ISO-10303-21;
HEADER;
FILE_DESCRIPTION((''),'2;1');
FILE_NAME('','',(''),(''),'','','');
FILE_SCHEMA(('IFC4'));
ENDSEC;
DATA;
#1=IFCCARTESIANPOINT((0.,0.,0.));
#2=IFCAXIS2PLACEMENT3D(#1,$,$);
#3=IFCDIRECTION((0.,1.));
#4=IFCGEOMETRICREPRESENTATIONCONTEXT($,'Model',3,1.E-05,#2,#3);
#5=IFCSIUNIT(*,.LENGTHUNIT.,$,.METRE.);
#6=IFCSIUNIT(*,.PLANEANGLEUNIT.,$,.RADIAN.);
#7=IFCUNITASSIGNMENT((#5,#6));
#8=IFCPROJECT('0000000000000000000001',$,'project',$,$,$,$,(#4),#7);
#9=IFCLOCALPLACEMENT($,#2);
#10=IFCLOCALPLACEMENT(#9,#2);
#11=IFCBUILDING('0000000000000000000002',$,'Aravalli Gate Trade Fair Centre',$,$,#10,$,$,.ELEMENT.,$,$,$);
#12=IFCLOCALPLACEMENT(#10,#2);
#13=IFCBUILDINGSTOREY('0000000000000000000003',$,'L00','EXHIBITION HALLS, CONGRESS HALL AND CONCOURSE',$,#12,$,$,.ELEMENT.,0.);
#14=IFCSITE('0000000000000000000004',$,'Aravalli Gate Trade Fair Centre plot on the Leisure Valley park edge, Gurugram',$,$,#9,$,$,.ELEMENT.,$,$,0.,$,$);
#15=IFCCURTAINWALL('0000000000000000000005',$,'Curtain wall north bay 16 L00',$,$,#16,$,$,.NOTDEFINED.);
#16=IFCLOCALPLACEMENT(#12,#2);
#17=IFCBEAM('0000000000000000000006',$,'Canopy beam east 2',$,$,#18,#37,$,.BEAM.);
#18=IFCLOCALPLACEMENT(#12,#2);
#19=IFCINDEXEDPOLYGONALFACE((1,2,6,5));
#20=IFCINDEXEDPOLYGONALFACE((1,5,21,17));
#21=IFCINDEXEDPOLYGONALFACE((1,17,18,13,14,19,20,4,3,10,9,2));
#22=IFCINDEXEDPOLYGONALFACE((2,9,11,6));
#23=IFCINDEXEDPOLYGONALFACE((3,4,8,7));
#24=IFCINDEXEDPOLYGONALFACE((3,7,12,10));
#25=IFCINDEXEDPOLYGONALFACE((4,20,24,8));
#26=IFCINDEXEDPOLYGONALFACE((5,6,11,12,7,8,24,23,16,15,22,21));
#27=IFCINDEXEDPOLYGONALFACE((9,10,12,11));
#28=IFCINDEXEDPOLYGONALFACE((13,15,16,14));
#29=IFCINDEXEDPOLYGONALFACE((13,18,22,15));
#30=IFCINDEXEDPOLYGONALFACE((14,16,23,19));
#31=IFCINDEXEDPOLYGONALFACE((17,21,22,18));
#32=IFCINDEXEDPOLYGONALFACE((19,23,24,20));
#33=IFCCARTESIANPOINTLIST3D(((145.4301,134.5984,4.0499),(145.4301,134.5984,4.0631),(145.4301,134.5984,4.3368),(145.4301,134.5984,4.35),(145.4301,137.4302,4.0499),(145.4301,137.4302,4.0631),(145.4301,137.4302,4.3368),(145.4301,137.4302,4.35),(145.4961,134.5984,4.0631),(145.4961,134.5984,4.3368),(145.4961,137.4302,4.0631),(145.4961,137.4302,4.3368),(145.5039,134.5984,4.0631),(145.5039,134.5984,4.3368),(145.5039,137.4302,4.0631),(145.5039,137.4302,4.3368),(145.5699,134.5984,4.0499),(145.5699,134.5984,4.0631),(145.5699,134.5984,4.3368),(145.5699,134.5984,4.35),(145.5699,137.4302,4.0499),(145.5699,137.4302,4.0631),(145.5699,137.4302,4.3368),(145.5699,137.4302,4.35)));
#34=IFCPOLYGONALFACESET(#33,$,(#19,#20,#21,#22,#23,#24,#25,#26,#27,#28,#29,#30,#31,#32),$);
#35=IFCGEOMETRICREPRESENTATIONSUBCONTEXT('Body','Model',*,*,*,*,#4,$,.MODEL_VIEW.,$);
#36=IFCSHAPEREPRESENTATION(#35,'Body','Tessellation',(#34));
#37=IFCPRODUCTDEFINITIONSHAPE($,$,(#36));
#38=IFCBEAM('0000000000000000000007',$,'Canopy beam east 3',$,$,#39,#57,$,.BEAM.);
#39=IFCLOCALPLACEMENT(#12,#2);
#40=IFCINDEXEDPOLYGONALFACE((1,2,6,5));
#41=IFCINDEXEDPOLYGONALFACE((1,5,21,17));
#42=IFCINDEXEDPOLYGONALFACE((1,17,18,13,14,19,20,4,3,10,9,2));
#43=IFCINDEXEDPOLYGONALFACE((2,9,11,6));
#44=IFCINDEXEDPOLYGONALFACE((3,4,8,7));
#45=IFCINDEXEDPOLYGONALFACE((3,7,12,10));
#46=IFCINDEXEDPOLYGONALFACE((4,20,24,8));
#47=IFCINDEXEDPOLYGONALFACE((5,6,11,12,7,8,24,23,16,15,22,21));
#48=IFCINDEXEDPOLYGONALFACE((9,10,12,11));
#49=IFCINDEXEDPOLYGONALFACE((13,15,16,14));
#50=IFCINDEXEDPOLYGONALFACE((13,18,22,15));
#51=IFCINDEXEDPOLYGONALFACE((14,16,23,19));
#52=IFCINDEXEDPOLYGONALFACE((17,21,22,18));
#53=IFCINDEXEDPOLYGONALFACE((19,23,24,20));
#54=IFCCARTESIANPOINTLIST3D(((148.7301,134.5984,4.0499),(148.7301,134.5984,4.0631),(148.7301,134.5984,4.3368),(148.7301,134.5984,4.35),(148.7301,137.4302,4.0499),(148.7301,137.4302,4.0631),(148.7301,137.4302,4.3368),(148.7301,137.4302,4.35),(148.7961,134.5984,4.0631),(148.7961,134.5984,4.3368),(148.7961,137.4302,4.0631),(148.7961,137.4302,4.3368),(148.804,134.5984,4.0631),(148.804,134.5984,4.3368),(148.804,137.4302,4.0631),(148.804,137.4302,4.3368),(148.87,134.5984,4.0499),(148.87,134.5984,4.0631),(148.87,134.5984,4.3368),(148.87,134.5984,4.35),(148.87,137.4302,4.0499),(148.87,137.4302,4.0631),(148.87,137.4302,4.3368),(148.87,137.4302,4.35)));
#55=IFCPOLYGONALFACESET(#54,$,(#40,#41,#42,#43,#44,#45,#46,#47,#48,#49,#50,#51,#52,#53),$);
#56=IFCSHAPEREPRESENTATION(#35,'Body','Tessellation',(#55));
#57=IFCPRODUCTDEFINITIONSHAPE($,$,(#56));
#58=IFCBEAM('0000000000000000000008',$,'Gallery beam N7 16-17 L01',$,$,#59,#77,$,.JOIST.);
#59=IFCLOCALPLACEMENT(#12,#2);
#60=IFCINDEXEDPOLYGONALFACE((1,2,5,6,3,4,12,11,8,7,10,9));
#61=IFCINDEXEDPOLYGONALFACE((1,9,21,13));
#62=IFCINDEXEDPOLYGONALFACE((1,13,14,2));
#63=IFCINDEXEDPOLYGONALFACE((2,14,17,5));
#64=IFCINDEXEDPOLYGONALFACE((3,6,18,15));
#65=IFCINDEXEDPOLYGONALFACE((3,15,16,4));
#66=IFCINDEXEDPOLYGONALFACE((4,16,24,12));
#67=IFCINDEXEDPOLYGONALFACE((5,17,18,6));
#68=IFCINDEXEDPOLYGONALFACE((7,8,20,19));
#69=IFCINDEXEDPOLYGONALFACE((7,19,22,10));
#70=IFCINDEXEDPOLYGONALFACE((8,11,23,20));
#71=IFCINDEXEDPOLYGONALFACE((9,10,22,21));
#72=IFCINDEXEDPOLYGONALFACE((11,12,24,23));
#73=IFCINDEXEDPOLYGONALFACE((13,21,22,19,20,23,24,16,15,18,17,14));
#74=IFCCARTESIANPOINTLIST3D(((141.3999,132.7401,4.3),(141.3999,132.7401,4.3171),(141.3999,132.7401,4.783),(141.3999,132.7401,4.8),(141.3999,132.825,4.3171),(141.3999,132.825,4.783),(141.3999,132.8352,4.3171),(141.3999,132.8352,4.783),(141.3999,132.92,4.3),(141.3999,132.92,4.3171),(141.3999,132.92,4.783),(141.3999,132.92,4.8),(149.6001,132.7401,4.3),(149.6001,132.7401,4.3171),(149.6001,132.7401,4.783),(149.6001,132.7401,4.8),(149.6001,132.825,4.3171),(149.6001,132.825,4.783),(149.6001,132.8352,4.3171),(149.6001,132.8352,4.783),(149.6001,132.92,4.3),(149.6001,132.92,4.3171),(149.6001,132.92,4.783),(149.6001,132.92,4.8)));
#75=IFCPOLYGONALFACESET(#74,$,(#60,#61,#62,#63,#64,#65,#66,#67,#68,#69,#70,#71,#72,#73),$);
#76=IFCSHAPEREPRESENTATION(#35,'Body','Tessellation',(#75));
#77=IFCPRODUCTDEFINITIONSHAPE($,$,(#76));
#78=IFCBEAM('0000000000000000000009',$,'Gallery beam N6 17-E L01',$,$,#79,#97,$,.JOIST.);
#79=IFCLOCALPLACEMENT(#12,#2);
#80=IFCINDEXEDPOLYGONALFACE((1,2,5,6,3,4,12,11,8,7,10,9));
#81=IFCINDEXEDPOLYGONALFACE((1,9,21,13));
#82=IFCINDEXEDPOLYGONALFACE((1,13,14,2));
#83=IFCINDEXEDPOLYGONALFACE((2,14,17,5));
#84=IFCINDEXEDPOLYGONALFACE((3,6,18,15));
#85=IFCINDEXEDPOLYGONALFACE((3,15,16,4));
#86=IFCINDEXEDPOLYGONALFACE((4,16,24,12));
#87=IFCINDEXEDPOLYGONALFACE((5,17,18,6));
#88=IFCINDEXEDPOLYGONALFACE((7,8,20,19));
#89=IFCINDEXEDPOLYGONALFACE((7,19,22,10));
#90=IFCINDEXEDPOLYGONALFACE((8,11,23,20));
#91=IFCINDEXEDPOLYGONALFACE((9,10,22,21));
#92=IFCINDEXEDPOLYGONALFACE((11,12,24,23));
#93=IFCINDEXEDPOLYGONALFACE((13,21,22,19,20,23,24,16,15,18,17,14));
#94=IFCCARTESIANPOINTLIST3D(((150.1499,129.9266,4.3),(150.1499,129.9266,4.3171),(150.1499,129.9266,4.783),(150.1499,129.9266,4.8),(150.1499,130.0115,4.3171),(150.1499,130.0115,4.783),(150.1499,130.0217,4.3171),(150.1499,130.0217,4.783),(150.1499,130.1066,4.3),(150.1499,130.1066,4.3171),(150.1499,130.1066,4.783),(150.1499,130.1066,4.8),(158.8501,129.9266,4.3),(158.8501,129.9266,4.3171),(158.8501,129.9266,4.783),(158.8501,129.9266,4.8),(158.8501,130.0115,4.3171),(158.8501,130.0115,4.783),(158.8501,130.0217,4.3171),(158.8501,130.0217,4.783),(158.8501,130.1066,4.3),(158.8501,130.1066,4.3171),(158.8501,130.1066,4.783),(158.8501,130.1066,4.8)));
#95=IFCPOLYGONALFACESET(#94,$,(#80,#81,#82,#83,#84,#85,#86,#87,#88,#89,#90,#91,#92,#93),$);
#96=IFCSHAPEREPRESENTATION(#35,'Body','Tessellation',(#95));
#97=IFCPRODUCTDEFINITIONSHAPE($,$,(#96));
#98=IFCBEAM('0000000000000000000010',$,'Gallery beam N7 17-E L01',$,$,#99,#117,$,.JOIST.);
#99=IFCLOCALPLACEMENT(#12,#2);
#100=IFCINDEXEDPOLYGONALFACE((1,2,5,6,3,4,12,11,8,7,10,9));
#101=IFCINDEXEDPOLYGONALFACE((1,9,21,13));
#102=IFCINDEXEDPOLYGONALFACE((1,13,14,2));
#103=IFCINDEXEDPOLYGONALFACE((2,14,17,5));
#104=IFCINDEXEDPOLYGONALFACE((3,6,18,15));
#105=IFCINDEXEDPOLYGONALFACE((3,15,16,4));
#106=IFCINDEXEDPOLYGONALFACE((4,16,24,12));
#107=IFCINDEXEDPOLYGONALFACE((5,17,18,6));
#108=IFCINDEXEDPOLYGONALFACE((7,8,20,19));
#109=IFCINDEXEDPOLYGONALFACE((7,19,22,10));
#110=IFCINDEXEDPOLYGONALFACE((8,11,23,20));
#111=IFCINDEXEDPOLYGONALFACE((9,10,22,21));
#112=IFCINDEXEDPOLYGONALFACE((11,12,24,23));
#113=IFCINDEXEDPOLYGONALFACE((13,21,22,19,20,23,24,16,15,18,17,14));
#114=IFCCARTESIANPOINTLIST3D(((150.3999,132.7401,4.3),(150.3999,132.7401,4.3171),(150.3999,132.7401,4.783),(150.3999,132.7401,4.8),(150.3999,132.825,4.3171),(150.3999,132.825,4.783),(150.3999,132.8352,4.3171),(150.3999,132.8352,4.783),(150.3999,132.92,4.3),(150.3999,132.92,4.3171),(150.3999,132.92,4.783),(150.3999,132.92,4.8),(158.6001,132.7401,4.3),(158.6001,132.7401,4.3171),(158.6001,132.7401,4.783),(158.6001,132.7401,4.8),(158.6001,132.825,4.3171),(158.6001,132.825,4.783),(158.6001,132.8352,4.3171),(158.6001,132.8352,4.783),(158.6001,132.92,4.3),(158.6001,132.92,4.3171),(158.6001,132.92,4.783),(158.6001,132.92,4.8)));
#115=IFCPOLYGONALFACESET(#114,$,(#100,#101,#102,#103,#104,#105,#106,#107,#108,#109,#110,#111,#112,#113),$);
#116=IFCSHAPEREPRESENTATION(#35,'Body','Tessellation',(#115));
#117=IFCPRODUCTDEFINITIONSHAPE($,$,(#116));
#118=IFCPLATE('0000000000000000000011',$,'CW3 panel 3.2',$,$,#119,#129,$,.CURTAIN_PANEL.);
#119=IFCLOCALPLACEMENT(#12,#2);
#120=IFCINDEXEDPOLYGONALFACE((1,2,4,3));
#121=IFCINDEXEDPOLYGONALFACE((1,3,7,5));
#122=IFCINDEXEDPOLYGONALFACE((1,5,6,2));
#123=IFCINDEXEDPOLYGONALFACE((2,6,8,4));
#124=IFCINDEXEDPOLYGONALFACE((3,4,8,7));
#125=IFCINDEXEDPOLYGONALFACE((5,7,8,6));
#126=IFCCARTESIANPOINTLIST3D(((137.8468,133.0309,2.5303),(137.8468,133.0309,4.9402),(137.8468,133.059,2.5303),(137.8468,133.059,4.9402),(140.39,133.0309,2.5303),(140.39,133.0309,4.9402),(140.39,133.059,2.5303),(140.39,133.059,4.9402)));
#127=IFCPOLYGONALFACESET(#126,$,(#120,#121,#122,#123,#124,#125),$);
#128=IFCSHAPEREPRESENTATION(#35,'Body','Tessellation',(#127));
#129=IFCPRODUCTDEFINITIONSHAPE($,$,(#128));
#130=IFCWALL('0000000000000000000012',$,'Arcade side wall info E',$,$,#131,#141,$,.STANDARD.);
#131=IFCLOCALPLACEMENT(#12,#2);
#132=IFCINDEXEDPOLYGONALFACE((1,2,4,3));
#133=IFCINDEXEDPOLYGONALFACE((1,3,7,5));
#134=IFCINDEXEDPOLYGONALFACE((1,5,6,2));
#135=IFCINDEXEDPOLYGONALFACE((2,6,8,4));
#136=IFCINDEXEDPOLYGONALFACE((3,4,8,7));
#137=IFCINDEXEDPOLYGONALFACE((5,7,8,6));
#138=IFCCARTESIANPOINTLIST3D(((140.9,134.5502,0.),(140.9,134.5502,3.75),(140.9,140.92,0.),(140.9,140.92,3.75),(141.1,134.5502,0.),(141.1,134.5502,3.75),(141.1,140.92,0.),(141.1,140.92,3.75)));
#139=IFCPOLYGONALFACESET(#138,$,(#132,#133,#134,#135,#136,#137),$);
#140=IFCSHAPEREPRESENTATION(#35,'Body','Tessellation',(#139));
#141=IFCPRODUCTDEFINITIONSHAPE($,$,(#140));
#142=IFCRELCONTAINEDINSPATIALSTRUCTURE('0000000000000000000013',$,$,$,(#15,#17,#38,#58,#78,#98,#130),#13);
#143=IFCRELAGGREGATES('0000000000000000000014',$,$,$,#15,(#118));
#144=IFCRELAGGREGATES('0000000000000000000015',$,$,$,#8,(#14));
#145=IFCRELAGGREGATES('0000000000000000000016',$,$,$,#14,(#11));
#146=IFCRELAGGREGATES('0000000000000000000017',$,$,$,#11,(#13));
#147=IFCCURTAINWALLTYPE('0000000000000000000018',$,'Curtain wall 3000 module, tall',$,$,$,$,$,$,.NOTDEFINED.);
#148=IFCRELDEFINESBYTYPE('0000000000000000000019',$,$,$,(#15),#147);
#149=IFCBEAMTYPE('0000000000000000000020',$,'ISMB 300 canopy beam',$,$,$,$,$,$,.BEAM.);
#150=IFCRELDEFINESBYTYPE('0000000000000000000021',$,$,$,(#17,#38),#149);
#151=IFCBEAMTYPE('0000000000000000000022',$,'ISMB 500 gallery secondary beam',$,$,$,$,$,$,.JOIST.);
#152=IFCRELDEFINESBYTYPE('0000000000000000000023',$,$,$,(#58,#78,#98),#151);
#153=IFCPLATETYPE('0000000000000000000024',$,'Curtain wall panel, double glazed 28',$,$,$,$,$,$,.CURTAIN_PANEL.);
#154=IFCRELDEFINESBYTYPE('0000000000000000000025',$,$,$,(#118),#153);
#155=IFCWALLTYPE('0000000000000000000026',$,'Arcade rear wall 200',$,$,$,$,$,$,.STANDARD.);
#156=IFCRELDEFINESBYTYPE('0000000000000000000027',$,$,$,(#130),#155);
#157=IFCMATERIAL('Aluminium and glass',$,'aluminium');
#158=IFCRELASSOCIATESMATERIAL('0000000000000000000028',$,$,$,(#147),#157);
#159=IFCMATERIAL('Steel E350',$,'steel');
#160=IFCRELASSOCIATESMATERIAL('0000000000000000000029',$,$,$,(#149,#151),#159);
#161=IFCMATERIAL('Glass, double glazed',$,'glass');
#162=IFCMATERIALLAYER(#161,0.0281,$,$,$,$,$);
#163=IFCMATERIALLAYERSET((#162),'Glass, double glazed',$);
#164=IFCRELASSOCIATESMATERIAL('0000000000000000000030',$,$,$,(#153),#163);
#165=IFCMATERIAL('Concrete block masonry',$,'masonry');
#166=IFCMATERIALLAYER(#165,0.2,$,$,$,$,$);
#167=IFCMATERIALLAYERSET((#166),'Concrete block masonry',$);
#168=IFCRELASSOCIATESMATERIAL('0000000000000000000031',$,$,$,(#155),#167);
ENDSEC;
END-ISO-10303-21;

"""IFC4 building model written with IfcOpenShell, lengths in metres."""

from ifc_helpers import new_model, si_unit, direction, frame, frame_2d, origin, origin_2d, place, context, subcontext, project, spatial, rectangle, i_section, extrude, material, layer, layer_set, material_profile, profile_set, type_object, element, aggregate, save


model = new_model("IFC4")

# Units and contexts
model_context = context("Model", 3, precision=1e-05, world=origin(), true_north=direction((0.0, 1.0)))
body_context = subcontext(model_context, "Body", "Model", "MODEL_VIEW")
ifc_project = project(units=[si_unit("LENGTHUNIT", "METRE"), si_unit("PLANEANGLEUNIT", "RADIAN")], contexts=[model_context])

# Site, building, storey
site_placement = place(None, origin())
site = spatial("IfcSite", under=ifc_project, at=site_placement, Name="Aravalli Gate Trade Fair Centre plot on the Leisure Valley park edge, Gurugram", CompositionType="ELEMENT", RefElevation=0.0)
building_placement = place(site_placement, origin())
building = spatial("IfcBuilding", under=site, at=building_placement, Name="Aravalli Gate Trade Fair Centre", CompositionType="ELEMENT")
storey_placement = place(building_placement, origin())
storey = spatial("IfcBuildingStorey", under=building, at=storey_placement, Name="L00", Description="EXHIBITION HALLS, CONGRESS HALL AND CONCOURSE", CompositionType="ELEMENT", Elevation=0.0)

# Shared definitions
ifc_material_1 = material(Name="Steel E350", Category="steel")

# Curtain wall
ifc_material_2 = material(Name="Aluminium and glass", Category="aluminium")
curtain_wall_type = type_object("IfcCurtainWallType", Name="Curtain wall 3000 module, tall", PredefinedType="NOTDEFINED", material=ifc_material_2)
curtain_wall_placement = place(storey_placement, origin())
curtain_wall = element("IfcCurtainWall", 1, at=curtain_wall_placement, inside=storey, type_object=curtain_wall_type, Name="Curtain wall north bay 16 L00", PredefinedType="NOTDEFINED")

# Beams
ifc_material_profile_1 = material_profile(ifc_material_1, i_section(OverallWidth=0.1399, OverallDepth=0.3, WebThickness=0.0078, FlangeThickness=0.0132, at=origin_2d()), Name="ISMB 300")
ifc_profile_set_1 = profile_set([ifc_material_profile_1], Name="Steel E350")
beam_type_1 = type_object("IfcBeamType", Name="ISMB 300 canopy beam", PredefinedType="BEAM", material=ifc_profile_set_1)
for number, where, z_axis, x_axis, name in (
    (2, (145.5, 134.5984, 4.2), (0.0, 1.0, 0.0), (-1.0, 0.0, 0.0), "Canopy beam east 2"),
    (3, (148.8, 134.5984, 4.2), (0.0, 1.0, 0.0), (-1.0, 0.0, 0.0), "Canopy beam east 3"),
):
    element("IfcBeam", number, at=place(storey_placement, frame(where, z_axis=z_axis, x_axis=x_axis)), inside=storey, type_object=beam_type_1, Name=name, PredefinedType="BEAM", context=body_context, shape_type="SweptSolid", body=[
        extrude(i_section(OverallWidth=0.1399, OverallDepth=0.3, WebThickness=0.0078, FlangeThickness=0.0132, at=origin_2d()), origin(), (0.0, 0.0, 1.0), 2.8318),
    ])
ifc_material_profile_2 = material_profile(ifc_material_1, i_section(OverallWidth=0.1799, OverallDepth=0.5, WebThickness=0.0103, FlangeThickness=0.0171, at=origin_2d()), Name="ISMB 500")
ifc_profile_set_2 = profile_set([ifc_material_profile_2], Name="Steel E350")
beam_type_2 = type_object("IfcBeamType", Name="ISMB 500 gallery secondary beam", PredefinedType="JOIST", material=ifc_profile_set_2)
beam_1_placement = place(storey_placement, frame((141.3999, 132.8301, 4.55), z_axis=(1.0, 0.0, 0.0), x_axis=(0.0, 1.0, 0.0)))
element("IfcBeam", 4, at=beam_1_placement, inside=storey, type_object=beam_type_2, Name="Gallery beam N7 16-17 L01", PredefinedType="JOIST", context=body_context, shape_type="SweptSolid", body=[
    extrude(i_section(OverallWidth=0.1799, OverallDepth=0.5, WebThickness=0.0103, FlangeThickness=0.0171, at=origin_2d()), origin(), (0.0, 0.0, 1.0), 8.2002),
])
beam_2_placement = place(storey_placement, frame((150.1499, 130.0166, 4.55), z_axis=(1.0, 0.0, 0.0), x_axis=(0.0, 1.0, 0.0)))
element("IfcBeam", 5, at=beam_2_placement, inside=storey, type_object=beam_type_2, Name="Gallery beam N6 17-E L01", PredefinedType="JOIST", context=body_context, shape_type="SweptSolid", body=[
    extrude(i_section(OverallWidth=0.1799, OverallDepth=0.5, WebThickness=0.0103, FlangeThickness=0.0171, at=origin_2d()), origin(), (0.0, 0.0, 1.0), 8.7002),
])
beam_3_placement = place(storey_placement, frame((150.3999, 132.8301, 4.55), z_axis=(1.0, 0.0, 0.0), x_axis=(0.0, 1.0, 0.0)))
element("IfcBeam", 6, at=beam_3_placement, inside=storey, type_object=beam_type_2, Name="Gallery beam N7 17-E L01", PredefinedType="JOIST", context=body_context, shape_type="SweptSolid", body=[
    extrude(i_section(OverallWidth=0.1799, OverallDepth=0.5, WebThickness=0.0103, FlangeThickness=0.0171, at=origin_2d()), origin(), (0.0, 0.0, 1.0), 8.2002),
])

# Plate
ifc_material_3 = material(Name="Glass, double glazed", Category="glass")
ifc_layer_1 = layer(ifc_material_3, 0.0281)
ifc_layer_set_1 = layer_set([ifc_layer_1], Name="Glass, double glazed")
plate_type = type_object("IfcPlateType", Name="Curtain wall panel, double glazed 28", PredefinedType="CURTAIN_PANEL", material=ifc_layer_set_1)
plate_placement = place(storey_placement, frame((139.1184, 133.0449, 2.5303), z_axis=(0.0, 0.0, 1.0), x_axis=(1.0, 0.0, 0.0)))
plate = element("IfcPlate", 7, at=plate_placement, type_object=plate_type, Name="CW3 panel 3.2", PredefinedType="CURTAIN_PANEL", context=body_context, shape_type="SweptSolid", body=[
    extrude(rectangle(XDim=2.5432, YDim=0.0281, at=origin_2d()), origin(), (0.0, 0.0, 1.0), 2.4099),
])
aggregate(curtain_wall, [plate])

# Wall
ifc_material_4 = material(Name="Concrete block masonry", Category="masonry")
ifc_layer_2 = layer(ifc_material_4, 0.2)
ifc_layer_set_2 = layer_set([ifc_layer_2], Name="Concrete block masonry")
wall_type_1 = type_object("IfcWallType", Name="Arcade rear wall 200", PredefinedType="STANDARD", material=ifc_layer_set_2)
wall_1_placement = place(storey_placement, frame((141.0, 134.55, 0.0), z_axis=(0.0, 0.0, 1.0), x_axis=(0.0, 1.0, 0.0)))
element("IfcWall", 8, at=wall_1_placement, inside=storey, type_object=wall_type_1, Name="Arcade side wall info E", PredefinedType="STANDARD", context=body_context, shape_type="SweptSolid", body=[
    extrude(rectangle(XDim=6.3699, YDim=0.2, at=frame_2d((3.1851, 0.0))), origin(), (0.0, 0.0, 1.0), 3.75),
])

save(model, "model.ifc")
